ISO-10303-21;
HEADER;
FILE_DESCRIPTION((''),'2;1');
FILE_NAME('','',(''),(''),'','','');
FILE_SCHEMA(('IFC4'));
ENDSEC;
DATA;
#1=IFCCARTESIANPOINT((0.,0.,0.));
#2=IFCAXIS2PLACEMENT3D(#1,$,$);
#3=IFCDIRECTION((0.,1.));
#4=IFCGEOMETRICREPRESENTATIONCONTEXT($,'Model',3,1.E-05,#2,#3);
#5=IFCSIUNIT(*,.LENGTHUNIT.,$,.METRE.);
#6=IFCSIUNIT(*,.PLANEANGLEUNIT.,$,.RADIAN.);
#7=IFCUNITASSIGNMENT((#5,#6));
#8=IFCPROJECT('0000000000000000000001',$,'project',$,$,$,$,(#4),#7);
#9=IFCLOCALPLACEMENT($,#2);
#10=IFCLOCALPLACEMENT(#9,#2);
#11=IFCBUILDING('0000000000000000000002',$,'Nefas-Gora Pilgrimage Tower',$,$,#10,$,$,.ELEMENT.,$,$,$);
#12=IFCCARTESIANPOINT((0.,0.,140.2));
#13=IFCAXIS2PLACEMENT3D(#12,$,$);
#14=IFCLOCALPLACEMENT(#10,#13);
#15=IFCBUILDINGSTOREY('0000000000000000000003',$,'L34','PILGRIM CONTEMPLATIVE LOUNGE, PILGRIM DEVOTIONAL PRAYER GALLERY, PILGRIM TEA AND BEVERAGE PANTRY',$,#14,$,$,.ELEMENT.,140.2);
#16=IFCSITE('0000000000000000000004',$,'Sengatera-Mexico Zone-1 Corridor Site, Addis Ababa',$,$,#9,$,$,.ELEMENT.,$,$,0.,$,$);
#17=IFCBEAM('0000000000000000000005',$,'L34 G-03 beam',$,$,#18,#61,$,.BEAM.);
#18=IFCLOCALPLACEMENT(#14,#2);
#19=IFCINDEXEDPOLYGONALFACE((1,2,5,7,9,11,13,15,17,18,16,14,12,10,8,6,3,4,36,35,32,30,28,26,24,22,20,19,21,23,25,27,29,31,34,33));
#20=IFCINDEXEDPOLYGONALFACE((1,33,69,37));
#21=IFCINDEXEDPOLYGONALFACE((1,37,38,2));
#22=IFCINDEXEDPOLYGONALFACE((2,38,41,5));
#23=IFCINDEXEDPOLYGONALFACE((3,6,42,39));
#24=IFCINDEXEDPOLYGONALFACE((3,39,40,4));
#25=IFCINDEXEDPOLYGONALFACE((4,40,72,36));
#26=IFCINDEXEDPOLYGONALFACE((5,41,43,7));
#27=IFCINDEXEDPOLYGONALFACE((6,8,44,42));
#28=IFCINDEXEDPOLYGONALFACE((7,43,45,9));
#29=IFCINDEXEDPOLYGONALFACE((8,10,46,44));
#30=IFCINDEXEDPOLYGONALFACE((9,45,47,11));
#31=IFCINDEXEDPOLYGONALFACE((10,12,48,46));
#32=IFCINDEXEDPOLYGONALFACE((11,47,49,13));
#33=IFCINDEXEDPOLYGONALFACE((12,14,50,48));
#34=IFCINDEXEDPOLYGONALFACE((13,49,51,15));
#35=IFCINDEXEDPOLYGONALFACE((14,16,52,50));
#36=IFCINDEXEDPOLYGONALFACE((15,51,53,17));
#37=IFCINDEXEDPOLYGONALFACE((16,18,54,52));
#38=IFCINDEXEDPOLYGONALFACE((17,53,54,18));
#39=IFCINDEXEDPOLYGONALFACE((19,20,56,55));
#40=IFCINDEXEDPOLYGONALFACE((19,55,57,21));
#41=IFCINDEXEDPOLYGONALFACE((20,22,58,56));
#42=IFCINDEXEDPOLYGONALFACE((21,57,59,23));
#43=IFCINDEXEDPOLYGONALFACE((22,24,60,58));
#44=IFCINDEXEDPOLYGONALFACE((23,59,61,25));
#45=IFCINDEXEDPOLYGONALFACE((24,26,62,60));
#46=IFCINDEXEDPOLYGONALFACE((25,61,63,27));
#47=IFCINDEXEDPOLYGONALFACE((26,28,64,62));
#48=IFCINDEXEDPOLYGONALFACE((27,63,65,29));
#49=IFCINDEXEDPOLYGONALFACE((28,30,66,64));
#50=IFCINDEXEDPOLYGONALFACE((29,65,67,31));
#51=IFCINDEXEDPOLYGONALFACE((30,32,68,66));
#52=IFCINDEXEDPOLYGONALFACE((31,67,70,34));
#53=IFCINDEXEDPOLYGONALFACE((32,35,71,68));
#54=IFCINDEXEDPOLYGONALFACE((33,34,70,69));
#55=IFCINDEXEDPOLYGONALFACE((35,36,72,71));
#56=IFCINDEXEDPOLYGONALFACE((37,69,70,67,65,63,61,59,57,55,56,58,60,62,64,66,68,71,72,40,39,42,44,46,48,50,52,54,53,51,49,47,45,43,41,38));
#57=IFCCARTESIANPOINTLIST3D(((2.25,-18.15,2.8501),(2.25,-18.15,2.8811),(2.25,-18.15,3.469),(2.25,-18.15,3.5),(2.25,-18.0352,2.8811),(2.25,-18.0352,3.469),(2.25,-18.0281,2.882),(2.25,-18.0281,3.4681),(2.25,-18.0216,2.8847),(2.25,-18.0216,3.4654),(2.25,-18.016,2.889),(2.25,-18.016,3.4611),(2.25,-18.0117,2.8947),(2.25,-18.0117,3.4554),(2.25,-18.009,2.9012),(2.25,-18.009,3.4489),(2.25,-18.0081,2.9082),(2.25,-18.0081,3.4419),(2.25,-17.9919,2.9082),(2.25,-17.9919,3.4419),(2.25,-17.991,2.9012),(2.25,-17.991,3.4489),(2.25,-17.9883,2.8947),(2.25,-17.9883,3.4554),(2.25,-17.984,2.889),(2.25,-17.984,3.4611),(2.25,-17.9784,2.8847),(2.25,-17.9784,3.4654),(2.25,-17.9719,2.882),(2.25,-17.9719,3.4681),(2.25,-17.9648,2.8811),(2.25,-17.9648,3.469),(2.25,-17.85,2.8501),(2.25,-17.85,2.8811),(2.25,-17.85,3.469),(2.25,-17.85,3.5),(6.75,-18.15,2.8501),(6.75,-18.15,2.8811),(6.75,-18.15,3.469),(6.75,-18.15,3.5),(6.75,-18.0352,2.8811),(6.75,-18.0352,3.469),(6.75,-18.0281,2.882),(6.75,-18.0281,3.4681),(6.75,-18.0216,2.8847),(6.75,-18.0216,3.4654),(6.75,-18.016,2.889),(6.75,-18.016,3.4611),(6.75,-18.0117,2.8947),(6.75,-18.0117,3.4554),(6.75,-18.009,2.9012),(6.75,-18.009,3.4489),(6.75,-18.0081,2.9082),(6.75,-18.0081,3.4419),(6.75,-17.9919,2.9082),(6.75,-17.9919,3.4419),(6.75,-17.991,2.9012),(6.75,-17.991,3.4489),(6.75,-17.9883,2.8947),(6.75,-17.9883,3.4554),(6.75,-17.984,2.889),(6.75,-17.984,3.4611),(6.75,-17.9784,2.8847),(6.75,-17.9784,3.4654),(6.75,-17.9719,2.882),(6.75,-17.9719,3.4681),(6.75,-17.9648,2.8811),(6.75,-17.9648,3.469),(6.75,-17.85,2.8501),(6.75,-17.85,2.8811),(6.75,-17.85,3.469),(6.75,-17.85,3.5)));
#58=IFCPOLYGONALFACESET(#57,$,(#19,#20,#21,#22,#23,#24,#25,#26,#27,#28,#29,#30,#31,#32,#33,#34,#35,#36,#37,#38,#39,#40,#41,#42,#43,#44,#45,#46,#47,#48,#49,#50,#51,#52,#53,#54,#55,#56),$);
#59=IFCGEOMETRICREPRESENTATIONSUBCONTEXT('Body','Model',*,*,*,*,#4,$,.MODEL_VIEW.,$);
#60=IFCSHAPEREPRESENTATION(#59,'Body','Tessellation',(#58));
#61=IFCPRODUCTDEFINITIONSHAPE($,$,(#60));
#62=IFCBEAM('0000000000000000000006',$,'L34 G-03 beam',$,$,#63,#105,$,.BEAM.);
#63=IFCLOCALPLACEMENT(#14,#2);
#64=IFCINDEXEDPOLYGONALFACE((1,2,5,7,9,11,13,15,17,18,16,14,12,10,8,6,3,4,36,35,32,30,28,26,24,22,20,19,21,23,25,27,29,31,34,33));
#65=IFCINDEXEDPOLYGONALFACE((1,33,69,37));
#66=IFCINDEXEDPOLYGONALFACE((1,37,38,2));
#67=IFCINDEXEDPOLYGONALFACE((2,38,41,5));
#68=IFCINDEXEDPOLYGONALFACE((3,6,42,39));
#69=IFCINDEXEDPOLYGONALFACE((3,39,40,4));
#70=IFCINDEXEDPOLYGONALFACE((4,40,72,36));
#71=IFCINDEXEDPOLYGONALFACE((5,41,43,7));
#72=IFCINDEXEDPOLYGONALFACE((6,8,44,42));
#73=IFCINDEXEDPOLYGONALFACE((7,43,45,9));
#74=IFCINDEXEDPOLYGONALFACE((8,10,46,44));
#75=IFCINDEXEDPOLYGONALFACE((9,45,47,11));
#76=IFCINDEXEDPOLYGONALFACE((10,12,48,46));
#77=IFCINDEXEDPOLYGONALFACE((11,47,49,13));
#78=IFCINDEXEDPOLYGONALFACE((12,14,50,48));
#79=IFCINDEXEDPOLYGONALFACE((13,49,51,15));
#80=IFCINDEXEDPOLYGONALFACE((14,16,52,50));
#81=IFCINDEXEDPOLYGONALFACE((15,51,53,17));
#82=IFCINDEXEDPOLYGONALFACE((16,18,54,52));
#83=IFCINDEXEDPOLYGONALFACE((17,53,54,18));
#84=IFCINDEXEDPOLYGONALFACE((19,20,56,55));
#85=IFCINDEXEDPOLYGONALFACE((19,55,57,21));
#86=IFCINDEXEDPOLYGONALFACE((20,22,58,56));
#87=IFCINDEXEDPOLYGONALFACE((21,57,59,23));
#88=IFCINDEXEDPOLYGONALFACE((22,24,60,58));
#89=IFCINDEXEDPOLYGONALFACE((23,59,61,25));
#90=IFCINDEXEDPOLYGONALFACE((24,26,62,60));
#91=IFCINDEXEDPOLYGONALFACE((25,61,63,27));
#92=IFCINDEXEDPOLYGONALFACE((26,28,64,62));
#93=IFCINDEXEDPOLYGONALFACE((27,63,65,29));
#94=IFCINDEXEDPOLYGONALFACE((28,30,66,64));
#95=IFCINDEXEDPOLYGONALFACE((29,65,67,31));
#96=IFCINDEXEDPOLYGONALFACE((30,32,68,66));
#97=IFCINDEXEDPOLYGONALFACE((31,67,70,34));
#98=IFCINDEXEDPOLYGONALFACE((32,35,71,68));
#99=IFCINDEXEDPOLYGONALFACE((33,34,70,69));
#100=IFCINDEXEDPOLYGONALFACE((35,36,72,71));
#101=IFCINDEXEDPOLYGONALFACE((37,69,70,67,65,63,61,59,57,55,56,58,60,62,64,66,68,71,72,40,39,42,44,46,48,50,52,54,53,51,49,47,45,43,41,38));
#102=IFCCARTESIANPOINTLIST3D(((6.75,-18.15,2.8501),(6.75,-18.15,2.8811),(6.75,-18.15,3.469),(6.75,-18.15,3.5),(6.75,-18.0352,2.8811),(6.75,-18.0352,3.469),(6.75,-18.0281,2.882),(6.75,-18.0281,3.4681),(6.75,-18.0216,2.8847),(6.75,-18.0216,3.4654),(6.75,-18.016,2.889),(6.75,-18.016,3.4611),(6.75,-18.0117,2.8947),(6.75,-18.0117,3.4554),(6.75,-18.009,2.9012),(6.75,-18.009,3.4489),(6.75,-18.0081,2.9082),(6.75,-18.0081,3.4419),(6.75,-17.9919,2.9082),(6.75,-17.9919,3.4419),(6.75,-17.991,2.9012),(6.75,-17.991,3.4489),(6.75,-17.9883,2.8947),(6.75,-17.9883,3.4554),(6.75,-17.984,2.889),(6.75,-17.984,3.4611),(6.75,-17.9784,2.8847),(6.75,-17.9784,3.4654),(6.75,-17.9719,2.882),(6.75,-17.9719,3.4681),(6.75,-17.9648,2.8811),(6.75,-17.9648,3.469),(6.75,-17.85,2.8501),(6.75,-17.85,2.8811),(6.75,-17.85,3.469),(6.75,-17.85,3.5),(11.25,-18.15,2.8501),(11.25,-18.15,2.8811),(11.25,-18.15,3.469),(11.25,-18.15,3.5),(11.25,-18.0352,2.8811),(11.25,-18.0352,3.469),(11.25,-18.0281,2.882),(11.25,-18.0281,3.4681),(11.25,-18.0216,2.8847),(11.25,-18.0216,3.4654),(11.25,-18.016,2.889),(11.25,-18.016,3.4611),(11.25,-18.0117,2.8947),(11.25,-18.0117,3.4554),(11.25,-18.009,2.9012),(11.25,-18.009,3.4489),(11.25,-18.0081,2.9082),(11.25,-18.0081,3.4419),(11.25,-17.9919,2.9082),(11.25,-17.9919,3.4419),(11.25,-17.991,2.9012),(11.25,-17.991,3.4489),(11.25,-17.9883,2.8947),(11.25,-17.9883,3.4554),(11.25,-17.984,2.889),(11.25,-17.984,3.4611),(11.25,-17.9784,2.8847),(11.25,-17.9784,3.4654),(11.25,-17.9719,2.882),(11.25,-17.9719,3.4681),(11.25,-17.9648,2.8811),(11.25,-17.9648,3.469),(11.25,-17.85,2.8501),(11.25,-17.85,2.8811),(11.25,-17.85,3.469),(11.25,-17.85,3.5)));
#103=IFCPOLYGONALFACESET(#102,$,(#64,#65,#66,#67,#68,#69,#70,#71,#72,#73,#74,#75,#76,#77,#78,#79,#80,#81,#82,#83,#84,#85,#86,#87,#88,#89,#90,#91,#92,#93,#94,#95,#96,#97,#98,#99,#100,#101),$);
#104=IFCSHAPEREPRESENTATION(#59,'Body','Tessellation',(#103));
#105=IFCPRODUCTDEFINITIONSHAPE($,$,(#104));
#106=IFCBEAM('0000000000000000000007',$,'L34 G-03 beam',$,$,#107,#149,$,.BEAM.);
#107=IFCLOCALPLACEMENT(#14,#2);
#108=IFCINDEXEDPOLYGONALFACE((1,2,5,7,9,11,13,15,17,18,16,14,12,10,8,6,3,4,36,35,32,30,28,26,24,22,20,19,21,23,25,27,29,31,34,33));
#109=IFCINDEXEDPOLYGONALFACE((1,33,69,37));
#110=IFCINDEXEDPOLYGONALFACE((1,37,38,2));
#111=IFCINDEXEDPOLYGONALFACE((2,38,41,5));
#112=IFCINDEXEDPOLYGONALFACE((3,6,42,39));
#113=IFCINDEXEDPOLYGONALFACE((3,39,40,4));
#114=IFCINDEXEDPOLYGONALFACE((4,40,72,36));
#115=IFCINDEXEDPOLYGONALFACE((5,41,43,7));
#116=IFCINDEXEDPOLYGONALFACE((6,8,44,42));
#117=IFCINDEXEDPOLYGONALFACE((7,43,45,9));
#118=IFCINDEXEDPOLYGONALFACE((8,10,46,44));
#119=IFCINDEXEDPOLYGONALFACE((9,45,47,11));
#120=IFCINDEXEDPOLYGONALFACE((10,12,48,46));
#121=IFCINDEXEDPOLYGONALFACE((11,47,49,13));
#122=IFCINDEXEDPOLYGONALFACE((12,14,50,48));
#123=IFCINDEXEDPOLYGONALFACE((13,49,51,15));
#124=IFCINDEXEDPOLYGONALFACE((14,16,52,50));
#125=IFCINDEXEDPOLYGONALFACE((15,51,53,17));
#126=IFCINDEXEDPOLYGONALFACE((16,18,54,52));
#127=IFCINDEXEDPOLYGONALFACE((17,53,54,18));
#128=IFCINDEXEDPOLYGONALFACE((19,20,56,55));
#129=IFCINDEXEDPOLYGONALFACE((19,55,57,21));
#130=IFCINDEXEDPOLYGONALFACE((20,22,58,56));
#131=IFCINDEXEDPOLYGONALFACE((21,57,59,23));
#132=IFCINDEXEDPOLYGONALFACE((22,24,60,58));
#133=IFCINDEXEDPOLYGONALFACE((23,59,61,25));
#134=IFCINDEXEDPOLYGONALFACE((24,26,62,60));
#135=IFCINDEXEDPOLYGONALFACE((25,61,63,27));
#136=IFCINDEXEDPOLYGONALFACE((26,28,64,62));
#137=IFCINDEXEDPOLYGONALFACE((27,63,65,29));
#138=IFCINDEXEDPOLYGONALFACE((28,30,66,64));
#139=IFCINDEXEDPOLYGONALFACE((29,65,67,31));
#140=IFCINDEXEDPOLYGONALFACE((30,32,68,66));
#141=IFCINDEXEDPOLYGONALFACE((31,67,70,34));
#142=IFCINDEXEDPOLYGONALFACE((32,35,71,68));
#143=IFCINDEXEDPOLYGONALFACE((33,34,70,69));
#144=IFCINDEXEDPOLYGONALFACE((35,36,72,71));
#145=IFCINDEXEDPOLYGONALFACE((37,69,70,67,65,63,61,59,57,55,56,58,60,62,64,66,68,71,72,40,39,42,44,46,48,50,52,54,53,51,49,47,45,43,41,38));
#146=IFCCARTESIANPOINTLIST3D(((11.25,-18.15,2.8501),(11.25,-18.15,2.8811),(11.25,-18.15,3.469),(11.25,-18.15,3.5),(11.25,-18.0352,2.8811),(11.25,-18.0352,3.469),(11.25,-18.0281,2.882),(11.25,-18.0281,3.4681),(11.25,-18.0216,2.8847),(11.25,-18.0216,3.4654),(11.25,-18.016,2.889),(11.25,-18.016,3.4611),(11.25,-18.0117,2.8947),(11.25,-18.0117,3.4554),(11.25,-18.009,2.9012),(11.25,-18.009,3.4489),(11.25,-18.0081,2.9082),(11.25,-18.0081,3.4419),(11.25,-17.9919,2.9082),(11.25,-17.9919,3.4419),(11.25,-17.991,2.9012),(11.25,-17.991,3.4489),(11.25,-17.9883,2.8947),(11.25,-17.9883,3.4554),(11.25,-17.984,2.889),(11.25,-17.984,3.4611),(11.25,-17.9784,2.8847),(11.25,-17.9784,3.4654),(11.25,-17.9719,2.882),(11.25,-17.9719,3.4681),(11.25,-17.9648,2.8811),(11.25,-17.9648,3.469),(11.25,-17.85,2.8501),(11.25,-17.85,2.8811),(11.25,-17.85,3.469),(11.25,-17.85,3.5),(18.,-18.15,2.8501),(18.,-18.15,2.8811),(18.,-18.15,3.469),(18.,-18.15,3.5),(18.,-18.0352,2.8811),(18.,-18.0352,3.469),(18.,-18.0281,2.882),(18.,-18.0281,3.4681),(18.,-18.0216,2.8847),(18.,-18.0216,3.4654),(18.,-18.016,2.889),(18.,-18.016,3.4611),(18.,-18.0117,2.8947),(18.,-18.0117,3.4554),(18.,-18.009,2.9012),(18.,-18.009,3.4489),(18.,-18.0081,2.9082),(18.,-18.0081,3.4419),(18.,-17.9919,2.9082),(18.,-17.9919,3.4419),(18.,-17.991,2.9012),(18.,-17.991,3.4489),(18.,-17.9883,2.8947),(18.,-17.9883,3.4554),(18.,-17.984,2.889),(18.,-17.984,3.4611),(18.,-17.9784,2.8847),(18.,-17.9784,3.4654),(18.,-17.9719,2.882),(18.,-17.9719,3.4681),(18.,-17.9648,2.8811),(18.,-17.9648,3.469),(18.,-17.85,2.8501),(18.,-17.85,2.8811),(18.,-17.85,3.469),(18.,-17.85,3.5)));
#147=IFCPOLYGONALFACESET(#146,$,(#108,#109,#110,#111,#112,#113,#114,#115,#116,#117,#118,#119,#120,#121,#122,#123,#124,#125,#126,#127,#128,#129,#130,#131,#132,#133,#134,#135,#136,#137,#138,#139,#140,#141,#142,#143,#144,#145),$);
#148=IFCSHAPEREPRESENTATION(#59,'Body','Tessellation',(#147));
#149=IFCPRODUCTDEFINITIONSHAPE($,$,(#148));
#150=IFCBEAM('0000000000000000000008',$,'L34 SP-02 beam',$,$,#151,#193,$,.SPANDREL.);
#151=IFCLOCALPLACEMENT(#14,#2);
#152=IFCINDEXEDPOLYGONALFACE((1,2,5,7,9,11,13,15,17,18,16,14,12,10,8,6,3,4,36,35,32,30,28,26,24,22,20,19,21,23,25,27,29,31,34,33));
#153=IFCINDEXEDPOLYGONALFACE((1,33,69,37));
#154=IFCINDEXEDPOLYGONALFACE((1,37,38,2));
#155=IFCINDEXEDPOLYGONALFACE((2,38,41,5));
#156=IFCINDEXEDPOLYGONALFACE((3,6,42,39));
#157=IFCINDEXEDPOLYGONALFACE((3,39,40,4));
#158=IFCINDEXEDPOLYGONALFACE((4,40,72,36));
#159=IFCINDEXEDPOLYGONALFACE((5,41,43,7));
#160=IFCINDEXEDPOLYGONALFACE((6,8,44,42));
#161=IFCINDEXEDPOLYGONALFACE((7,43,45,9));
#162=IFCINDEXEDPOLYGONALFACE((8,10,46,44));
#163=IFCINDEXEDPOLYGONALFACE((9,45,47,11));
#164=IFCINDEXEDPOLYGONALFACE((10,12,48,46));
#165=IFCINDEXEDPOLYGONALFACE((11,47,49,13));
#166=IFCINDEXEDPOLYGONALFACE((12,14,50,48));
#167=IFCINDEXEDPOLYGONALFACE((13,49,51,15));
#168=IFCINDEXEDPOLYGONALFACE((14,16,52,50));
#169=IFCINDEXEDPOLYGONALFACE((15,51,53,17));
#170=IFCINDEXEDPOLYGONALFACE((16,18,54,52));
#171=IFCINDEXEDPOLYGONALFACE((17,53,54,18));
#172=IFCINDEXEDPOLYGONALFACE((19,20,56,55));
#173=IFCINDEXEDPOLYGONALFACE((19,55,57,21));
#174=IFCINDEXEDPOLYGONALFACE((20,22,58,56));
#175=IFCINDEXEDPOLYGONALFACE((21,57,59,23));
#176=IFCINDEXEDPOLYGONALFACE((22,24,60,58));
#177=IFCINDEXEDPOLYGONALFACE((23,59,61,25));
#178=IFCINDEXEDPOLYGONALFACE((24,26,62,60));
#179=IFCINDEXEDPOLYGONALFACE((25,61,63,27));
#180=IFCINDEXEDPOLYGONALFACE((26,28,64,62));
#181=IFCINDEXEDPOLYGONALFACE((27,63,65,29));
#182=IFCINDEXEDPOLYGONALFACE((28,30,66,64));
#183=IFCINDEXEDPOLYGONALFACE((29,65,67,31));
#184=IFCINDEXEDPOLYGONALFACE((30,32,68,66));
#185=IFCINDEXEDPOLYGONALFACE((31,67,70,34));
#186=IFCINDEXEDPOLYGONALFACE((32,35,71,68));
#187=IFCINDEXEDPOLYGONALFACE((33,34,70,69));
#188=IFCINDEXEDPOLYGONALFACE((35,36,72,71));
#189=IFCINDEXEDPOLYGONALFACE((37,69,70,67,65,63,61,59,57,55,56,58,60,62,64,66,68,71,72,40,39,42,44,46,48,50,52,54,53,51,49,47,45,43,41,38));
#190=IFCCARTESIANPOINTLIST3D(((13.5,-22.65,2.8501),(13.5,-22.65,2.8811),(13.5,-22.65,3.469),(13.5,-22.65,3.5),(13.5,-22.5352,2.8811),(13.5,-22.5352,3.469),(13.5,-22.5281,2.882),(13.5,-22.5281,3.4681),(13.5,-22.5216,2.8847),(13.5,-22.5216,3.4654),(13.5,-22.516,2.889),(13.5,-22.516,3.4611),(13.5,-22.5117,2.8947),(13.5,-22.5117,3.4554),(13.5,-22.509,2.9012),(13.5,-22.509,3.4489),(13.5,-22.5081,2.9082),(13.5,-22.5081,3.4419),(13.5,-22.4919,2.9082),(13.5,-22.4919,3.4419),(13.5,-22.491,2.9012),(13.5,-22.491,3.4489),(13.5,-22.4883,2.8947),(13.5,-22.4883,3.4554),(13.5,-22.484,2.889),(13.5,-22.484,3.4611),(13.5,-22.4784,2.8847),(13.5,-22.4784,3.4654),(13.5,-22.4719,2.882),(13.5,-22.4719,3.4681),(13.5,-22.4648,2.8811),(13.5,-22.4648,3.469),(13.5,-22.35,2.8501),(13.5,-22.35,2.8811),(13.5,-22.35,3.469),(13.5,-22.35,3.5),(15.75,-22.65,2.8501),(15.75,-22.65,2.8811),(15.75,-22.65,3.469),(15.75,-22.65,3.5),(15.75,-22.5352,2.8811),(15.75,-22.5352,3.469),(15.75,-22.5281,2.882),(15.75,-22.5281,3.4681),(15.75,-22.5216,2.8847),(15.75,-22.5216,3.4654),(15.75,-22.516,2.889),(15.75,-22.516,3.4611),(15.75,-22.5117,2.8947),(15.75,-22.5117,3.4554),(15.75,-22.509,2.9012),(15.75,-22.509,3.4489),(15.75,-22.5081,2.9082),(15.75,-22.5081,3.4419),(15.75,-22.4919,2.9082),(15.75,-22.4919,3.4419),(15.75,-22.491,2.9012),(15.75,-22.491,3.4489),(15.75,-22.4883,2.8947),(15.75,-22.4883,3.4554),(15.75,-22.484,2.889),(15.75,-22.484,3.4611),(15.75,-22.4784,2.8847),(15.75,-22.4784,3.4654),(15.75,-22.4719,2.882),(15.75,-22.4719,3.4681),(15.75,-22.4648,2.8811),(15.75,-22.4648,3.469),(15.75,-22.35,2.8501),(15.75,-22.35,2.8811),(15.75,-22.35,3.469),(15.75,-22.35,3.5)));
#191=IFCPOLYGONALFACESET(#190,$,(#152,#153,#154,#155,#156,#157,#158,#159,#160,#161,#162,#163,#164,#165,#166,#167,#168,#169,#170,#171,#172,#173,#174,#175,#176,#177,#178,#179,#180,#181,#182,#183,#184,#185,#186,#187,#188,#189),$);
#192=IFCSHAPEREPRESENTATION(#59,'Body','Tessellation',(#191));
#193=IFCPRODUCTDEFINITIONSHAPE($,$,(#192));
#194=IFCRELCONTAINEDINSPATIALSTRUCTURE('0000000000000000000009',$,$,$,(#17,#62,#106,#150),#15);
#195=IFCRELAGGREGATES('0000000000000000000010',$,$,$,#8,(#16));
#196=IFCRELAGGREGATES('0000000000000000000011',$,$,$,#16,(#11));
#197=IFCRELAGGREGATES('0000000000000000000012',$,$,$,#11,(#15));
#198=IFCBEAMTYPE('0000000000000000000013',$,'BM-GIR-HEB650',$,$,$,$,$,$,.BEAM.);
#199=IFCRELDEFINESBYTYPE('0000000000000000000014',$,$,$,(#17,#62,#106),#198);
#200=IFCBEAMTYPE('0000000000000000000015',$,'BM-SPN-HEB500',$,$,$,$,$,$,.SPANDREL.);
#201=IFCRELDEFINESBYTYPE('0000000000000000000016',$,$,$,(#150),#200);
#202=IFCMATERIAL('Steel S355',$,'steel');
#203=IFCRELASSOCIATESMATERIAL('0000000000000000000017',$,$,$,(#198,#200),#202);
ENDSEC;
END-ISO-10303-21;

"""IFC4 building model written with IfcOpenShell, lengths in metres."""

from ifc_helpers import new_model, si_unit, direction, frame, origin, origin_2d, place, context, subcontext, project, spatial, i_section, extrude, source, transform, mapped, material, material_profile, profile_set, type_object, element, save


model = new_model("IFC4")

# Units and contexts
model_context = context("Model", 3, precision=1e-05, world=origin(), true_north=direction((0.0, 1.0)))
body_context = subcontext(model_context, "Body", "Model", "MODEL_VIEW")
ifc_project = project(units=[si_unit("LENGTHUNIT", "METRE"), si_unit("PLANEANGLEUNIT", "RADIAN")], contexts=[model_context])

# Site, building, storey
site_placement = place(None, origin())
site = spatial("IfcSite", under=ifc_project, at=site_placement, Name="Sengatera-Mexico Zone-1 Corridor Site, Addis Ababa", CompositionType="ELEMENT", RefElevation=0.0)
building_placement = place(site_placement, origin())
building = spatial("IfcBuilding", under=site, at=building_placement, Name="Nefas-Gora Pilgrimage Tower", CompositionType="ELEMENT")
storey_placement = place(building_placement, frame((0.0, 0.0, 140.2)))
storey = spatial("IfcBuildingStorey", under=building, at=storey_placement, Name="L34", Description="PILGRIM CONTEMPLATIVE LOUNGE, PILGRIM DEVOTIONAL PRAYER GALLERY, PILGRIM TEA AND BEVERAGE PANTRY", CompositionType="ELEMENT", Elevation=140.2)

# Beams
ifc_material_1 = material(Name="Steel S355", Category="steel")
ifc_material_profile_1 = material_profile(ifc_material_1, i_section(OverallWidth=0.3, OverallDepth=0.6499, WebThickness=0.0161, FlangeThickness=0.031, FilletRadius=0.0271, at=origin_2d()), Name="HEB 650")
ifc_profile_set_1 = profile_set([ifc_material_profile_1], Name="Steel S355")
beam_type_1 = type_object("IfcBeamType", Name="BM-GIR-HEB650", PredefinedType="BEAM", material=ifc_profile_set_1)
shared_shape_1 = source(origin(), body_context, "Body", "SweptSolid", [
    extrude(i_section(OverallWidth=0.3, OverallDepth=0.6499, WebThickness=0.0161, FlangeThickness=0.031, FilletRadius=0.0271, at=origin_2d()), origin(), (0.0, 0.0, 1.0), 4.5),
])
for number, where, z_axis, x_axis, name in (
    (1, (2.25, -18.0, 3.175), (1.0, 0.0, 0.0), (0.0, 1.0, 0.0), "L34 G-03 beam"),
    (2, (6.75, -18.0, 3.175), (1.0, 0.0, 0.0), (0.0, 1.0, 0.0), "L34 G-03 beam"),
):
    element("IfcBeam", number, at=place(storey_placement, frame(where, z_axis=z_axis, x_axis=x_axis)), inside=storey, type_object=beam_type_1, Name=name, PredefinedType="BEAM", context=body_context, shape_type="MappedRepresentation", body=[
        mapped(shared_shape_1, transform((0.0, 0.0, 0.0), x_axis=(1.0, 0.0, 0.0), y_axis=(0.0, 1.0, 0.0), z_axis=(0.0, 0.0, 1.0), scale=1.0)),
    ])
shared_shape_2 = source(origin(), body_context, "Body", "SweptSolid", [
    extrude(i_section(OverallWidth=0.3, OverallDepth=0.6499, WebThickness=0.0161, FlangeThickness=0.031, FilletRadius=0.0271, at=origin_2d()), origin(), (0.0, 0.0, 1.0), 6.75),
])
beam_1_placement = place(storey_placement, frame((11.25, -18.0, 3.175), z_axis=(1.0, 0.0, 0.0), x_axis=(0.0, 1.0, 0.0)))
element("IfcBeam", 3, at=beam_1_placement, inside=storey, type_object=beam_type_1, Name="L34 G-03 beam", PredefinedType="BEAM", context=body_context, shape_type="MappedRepresentation", body=[
    mapped(shared_shape_2, transform((0.0, 0.0, 0.0), x_axis=(1.0, 0.0, 0.0), y_axis=(0.0, 1.0, 0.0), z_axis=(0.0, 0.0, 1.0), scale=1.0)),
])
ifc_material_profile_2 = material_profile(ifc_material_1, i_section(OverallWidth=0.3, OverallDepth=0.6499, WebThickness=0.0161, FlangeThickness=0.031, FilletRadius=0.0271, at=origin_2d()), Name="HEB 650")
ifc_profile_set_2 = profile_set([ifc_material_profile_2], Name="Steel S355")
beam_type_2 = type_object("IfcBeamType", Name="BM-SPN-HEB500", PredefinedType="SPANDREL", material=ifc_profile_set_2)
shared_shape_3 = source(origin(), body_context, "Body", "SweptSolid", [
    extrude(i_section(OverallWidth=0.3, OverallDepth=0.6499, WebThickness=0.0161, FlangeThickness=0.031, FilletRadius=0.0271, at=origin_2d()), origin(), (0.0, 0.0, 1.0), 2.25),
])
beam_2_placement = place(storey_placement, frame((13.5, -22.5, 3.175), z_axis=(1.0, 0.0, 0.0), x_axis=(0.0, 1.0, 0.0)))
element("IfcBeam", 4, at=beam_2_placement, inside=storey, type_object=beam_type_2, Name="L34 SP-02 beam", PredefinedType="SPANDREL", context=body_context, shape_type="MappedRepresentation", body=[
    mapped(shared_shape_3, transform((0.0, 0.0, 0.0), x_axis=(1.0, 0.0, 0.0), y_axis=(0.0, 1.0, 0.0), z_axis=(0.0, 0.0, 1.0), scale=1.0)),
])

save(model, "model.ifc")
